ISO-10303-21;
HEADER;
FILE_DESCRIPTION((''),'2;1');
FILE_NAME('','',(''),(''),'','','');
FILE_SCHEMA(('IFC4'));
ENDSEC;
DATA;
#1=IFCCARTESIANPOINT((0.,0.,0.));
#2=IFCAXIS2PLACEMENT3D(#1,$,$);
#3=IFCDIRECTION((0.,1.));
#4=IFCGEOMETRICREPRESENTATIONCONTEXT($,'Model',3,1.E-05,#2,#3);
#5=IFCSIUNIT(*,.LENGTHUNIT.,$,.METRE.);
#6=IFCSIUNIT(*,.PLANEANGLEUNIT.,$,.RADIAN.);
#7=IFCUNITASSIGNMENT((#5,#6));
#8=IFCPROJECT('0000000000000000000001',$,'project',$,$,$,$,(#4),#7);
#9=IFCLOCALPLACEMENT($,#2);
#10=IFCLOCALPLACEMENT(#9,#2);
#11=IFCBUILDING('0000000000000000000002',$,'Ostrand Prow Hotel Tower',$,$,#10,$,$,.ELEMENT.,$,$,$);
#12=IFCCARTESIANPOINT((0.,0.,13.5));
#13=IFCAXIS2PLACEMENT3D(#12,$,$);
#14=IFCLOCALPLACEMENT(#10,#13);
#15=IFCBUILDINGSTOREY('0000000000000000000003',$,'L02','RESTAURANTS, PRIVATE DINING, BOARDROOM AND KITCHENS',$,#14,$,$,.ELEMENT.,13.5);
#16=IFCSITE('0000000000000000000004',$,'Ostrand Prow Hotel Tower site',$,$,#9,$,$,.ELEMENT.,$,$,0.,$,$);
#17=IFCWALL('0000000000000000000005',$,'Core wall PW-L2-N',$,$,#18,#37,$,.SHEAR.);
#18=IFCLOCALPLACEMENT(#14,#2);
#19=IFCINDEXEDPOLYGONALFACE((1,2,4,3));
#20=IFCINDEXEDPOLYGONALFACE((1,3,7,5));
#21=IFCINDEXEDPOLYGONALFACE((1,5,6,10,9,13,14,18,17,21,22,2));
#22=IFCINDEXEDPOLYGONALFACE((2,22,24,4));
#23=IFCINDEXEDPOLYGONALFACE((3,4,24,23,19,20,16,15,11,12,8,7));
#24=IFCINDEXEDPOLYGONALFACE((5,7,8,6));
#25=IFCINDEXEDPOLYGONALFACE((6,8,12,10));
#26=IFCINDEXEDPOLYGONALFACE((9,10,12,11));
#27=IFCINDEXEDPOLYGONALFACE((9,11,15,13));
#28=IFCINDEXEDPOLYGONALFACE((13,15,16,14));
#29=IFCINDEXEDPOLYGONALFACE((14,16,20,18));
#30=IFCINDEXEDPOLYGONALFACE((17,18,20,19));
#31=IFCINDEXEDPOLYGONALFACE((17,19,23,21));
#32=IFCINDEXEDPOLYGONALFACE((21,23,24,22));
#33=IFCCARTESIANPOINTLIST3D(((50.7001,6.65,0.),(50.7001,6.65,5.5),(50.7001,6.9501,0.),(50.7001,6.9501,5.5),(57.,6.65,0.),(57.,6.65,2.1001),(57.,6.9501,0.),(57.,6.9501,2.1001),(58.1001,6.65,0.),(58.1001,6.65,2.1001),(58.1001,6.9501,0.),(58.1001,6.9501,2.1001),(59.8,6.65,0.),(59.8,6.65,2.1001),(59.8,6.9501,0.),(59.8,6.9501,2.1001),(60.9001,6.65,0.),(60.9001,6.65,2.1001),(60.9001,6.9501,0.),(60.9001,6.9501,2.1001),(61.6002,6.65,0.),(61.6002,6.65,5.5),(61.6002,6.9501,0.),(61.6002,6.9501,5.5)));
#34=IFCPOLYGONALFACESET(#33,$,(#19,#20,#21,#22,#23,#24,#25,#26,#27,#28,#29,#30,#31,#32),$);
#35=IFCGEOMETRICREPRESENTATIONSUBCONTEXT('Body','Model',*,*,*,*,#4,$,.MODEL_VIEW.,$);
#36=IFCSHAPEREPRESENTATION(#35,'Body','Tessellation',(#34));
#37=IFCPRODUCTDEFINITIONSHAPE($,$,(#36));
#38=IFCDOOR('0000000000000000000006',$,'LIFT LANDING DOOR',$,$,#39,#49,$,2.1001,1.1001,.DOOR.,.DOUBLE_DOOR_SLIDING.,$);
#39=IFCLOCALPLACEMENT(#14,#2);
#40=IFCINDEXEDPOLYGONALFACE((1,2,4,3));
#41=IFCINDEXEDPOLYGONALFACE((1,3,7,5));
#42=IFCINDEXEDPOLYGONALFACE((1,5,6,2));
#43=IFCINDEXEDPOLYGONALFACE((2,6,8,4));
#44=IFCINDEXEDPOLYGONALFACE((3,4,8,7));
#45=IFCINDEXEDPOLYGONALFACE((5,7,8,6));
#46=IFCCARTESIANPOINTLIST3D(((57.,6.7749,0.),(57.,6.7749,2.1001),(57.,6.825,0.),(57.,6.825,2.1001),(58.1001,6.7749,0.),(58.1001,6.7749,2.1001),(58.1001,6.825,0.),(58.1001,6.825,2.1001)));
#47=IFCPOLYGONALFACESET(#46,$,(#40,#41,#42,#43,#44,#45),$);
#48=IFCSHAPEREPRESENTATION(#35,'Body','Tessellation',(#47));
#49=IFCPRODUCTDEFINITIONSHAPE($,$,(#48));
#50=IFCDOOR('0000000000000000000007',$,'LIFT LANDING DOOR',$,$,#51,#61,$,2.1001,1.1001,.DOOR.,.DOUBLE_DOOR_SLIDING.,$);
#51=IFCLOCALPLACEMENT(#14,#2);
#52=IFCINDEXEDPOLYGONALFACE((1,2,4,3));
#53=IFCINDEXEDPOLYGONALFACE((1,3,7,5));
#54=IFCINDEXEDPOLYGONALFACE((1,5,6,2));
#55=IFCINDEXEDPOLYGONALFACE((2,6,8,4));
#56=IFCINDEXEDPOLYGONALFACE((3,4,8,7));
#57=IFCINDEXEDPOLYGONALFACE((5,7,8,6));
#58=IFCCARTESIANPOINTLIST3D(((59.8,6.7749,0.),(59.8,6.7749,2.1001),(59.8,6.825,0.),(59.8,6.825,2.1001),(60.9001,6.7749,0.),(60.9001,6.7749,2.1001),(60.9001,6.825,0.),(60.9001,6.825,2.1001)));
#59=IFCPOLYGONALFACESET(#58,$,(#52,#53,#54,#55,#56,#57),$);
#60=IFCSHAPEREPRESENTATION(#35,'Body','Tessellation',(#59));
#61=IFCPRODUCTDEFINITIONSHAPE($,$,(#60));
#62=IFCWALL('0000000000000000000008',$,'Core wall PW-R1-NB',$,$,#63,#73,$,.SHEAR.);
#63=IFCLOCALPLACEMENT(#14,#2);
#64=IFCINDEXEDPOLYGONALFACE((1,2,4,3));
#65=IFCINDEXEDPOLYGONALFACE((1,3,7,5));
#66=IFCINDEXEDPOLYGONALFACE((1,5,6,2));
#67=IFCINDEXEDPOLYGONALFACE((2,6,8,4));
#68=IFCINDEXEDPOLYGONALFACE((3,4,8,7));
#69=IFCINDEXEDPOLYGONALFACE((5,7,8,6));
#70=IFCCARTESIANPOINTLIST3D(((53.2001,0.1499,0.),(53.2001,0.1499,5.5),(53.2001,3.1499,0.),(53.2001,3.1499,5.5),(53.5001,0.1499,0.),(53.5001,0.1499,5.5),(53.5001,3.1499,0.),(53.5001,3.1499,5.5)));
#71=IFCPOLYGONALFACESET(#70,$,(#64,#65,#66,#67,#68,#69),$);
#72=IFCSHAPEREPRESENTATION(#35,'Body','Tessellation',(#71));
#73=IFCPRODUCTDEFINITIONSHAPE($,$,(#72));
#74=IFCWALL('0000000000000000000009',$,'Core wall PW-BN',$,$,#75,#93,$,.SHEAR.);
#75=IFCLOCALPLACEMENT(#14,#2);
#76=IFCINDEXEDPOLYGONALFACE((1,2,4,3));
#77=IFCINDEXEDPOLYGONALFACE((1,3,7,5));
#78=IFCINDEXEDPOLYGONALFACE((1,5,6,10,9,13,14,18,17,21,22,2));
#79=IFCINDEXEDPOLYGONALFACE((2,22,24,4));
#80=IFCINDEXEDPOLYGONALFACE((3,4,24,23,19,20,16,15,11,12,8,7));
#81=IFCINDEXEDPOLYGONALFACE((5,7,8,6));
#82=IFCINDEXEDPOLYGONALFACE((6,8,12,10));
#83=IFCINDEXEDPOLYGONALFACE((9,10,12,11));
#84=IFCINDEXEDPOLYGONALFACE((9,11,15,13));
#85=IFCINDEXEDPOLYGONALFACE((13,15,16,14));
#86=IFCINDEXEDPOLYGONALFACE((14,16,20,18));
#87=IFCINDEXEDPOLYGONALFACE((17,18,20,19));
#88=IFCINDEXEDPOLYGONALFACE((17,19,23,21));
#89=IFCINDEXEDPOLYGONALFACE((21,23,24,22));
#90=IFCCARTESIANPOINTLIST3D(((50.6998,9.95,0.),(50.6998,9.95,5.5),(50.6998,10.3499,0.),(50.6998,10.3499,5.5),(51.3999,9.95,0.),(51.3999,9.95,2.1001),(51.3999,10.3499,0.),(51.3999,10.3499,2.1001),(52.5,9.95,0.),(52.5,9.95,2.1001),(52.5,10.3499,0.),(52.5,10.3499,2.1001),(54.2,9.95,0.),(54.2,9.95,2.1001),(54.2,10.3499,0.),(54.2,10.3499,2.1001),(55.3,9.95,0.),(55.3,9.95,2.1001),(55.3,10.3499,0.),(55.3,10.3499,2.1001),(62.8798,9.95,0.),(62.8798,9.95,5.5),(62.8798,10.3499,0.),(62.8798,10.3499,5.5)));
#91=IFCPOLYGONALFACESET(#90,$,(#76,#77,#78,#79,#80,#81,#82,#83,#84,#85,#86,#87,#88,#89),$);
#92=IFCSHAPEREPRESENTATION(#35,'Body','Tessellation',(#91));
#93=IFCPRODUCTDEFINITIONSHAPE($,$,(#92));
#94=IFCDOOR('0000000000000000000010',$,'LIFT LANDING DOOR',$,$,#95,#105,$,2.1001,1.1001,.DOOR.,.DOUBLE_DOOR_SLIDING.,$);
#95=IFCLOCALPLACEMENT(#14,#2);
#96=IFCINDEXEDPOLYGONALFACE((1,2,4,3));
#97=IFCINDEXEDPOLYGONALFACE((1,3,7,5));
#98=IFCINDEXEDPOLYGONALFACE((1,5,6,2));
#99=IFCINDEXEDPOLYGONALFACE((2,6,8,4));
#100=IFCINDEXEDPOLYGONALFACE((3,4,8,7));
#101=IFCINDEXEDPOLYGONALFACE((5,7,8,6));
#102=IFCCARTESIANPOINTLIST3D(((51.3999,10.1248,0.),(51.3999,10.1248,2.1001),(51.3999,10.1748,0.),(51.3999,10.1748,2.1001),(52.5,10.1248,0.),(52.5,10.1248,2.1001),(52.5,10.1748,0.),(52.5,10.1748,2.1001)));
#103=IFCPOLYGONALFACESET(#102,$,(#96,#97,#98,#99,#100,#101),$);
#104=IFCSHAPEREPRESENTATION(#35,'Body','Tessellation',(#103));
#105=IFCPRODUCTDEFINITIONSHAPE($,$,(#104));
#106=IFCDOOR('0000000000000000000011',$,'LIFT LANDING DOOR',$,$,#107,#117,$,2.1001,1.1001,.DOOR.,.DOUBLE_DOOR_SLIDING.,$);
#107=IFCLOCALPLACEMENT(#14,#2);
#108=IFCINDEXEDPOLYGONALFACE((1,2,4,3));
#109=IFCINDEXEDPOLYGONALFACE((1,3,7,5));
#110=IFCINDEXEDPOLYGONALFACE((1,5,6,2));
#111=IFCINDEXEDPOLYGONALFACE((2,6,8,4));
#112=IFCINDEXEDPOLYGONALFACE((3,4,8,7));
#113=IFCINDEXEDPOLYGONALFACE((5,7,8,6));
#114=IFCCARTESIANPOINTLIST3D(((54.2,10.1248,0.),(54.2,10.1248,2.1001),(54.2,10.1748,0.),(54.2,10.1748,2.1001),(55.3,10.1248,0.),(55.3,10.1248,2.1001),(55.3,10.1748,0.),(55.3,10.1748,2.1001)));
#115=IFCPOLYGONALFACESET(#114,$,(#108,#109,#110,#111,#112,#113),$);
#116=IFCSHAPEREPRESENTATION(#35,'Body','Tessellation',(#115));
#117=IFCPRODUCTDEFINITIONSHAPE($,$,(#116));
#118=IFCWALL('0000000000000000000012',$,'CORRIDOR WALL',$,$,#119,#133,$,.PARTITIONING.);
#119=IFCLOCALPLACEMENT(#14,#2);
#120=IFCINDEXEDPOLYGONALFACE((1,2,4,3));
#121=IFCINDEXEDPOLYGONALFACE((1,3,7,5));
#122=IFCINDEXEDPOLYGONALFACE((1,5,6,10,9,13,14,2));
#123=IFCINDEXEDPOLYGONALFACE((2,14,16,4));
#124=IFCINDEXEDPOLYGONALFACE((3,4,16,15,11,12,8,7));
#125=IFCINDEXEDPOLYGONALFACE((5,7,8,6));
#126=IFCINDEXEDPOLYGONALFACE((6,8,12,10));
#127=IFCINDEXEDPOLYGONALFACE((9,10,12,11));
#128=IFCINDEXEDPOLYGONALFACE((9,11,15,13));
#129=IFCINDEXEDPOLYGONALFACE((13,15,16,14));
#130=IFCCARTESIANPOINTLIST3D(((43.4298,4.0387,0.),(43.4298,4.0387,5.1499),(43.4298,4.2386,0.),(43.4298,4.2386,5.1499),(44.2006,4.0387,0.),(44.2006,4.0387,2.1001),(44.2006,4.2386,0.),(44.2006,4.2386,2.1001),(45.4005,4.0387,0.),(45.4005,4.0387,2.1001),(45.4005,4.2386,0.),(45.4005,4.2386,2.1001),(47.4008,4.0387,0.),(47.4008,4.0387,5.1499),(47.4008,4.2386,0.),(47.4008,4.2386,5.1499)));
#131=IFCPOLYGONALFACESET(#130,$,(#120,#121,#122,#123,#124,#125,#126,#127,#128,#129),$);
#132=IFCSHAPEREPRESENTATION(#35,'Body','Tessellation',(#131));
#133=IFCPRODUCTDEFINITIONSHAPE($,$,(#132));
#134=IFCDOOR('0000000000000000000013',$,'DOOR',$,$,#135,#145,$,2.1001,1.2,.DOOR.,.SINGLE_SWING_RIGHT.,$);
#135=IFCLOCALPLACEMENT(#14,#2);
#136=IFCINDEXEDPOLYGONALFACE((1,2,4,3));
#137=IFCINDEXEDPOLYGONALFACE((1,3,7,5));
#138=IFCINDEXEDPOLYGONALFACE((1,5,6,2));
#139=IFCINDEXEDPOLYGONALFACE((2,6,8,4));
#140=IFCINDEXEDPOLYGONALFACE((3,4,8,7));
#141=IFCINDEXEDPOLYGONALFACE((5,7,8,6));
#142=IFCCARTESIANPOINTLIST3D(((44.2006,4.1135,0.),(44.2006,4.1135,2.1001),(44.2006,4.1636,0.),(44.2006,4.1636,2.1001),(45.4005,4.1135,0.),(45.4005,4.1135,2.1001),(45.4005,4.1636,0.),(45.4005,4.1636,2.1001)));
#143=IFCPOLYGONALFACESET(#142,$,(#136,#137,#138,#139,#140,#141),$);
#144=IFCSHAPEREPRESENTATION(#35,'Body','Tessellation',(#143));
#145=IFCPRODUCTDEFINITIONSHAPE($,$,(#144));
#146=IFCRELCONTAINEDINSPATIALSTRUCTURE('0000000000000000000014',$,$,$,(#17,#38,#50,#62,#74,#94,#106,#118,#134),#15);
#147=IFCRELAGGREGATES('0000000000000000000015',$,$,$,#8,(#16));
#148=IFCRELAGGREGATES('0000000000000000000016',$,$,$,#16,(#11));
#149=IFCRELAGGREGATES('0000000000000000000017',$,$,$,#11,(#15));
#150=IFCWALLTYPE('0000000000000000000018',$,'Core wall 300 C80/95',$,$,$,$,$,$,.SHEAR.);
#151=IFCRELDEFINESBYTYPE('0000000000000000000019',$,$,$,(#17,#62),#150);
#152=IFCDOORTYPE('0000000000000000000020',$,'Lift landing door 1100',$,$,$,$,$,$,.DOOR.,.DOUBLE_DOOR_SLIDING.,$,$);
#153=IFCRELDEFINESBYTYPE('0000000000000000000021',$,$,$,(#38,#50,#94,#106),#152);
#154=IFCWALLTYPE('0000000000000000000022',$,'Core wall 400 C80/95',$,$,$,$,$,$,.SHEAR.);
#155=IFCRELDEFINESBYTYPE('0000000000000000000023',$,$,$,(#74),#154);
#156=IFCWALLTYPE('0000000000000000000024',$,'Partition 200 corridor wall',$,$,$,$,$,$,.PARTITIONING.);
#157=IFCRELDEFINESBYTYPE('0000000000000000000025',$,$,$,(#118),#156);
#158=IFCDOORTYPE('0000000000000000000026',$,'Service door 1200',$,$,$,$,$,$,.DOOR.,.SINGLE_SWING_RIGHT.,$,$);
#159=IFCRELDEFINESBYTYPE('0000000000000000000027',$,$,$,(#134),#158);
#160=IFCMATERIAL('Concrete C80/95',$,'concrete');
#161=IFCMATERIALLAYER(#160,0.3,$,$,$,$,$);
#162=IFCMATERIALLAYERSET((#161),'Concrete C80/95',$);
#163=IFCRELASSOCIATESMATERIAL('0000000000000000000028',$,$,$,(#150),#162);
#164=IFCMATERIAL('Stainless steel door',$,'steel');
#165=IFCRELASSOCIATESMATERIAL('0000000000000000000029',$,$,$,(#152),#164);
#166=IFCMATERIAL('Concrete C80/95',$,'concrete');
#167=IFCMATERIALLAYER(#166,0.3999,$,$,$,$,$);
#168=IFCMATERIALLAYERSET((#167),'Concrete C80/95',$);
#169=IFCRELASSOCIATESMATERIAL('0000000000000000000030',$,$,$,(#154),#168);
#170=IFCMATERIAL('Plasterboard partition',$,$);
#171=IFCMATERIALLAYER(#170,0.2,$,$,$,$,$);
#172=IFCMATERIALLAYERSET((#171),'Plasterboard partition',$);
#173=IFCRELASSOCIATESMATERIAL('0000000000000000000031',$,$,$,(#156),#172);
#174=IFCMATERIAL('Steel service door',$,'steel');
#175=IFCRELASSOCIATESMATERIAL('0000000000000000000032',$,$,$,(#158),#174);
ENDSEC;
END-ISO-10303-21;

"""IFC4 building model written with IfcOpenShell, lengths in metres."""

from ifc_helpers import new_model, si_unit, direction, frame, frame_2d, origin, place, context, subcontext, project, spatial, rectangle, extrude, material, layer, layer_set, type_object, element, fill, save


model = new_model("IFC4")

# Units and contexts
model_context = context("Model", 3, precision=1e-05, world=origin(), true_north=direction((0.0, 1.0)))
body_context = subcontext(model_context, "Body", "Model", "MODEL_VIEW")
ifc_project = project(units=[si_unit("LENGTHUNIT", "METRE"), si_unit("PLANEANGLEUNIT", "RADIAN")], contexts=[model_context])

# Site, building, storey
site_placement = place(None, origin())
site = spatial("IfcSite", under=ifc_project, at=site_placement, Name="Ostrand Prow Hotel Tower site", CompositionType="ELEMENT", RefElevation=0.0)
building_placement = place(site_placement, origin())
building = spatial("IfcBuilding", under=site, at=building_placement, Name="Ostrand Prow Hotel Tower", CompositionType="ELEMENT")
storey_placement = place(building_placement, frame((0.0, 0.0, 13.5)))
storey = spatial("IfcBuildingStorey", under=building, at=storey_placement, Name="L02", Description="RESTAURANTS, PRIVATE DINING, BOARDROOM AND KITCHENS", CompositionType="ELEMENT", Elevation=13.5)

# Shared definitions
ifc_material_1 = material(Name="Concrete C80/95", Category="concrete")
ifc_layer_1 = layer(ifc_material_1, 0.3)
ifc_layer_set_1 = layer_set([ifc_layer_1], Name="Concrete C80/95")
wall_type_1 = type_object("IfcWallType", Name="Core wall 300 C80/95", PredefinedType="SHEAR", material=ifc_layer_set_1)

# Wall, openings, doors
wall_1_placement = place(storey_placement, frame((50.7, 6.8, 0.0), z_axis=(0.0, 0.0, 1.0), x_axis=(1.0, 0.0, 0.0)))
wall_1 = element("IfcWall", 1, at=wall_1_placement, inside=storey, type_object=wall_type_1, Name="Core wall PW-L2-N", PredefinedType="SHEAR", context=body_context, shape_type="SweptSolid", body=[
    extrude(rectangle(XDim=10.9001, YDim=0.3, at=frame_2d((5.4502, 0.0))), origin(), (0.0, 0.0, 1.0), 5.5),
])
opening_1_placement = place(wall_1_placement, frame((6.3, 0.0, 0.0)))
opening_1 = element("IfcOpeningElement", 2, at=opening_1_placement, cuts=wall_1, PredefinedType="OPENING", context=body_context, shape_type="SweptSolid", body=[
    extrude(rectangle(XDim=1.1001, YDim=2.1001, at=frame_2d((0.55, 1.05))), frame((0.0, 0.1599, 0.0), z_axis=(0.0, -1.0, 0.0), x_axis=(1.0, 0.0, 0.0)), (0.0, 0.0, 1.0), 0.3201),
])
opening_2_placement = place(wall_1_placement, frame((9.1001, 0.0, 0.0)))
opening_2 = element("IfcOpeningElement", 3, at=opening_2_placement, cuts=wall_1, PredefinedType="OPENING", context=body_context, shape_type="SweptSolid", body=[
    extrude(rectangle(XDim=1.1001, YDim=2.1001, at=frame_2d((0.55, 1.05))), frame((0.0, 0.1599, 0.0), z_axis=(0.0, -1.0, 0.0), x_axis=(1.0, 0.0, 0.0)), (0.0, 0.0, 1.0), 0.3201),
])
ifc_material_2 = material(Name="Stainless steel door", Category="steel")
door_type_1 = type_object("IfcDoorType", Name="Lift landing door 1100", OperationType="DOUBLE_DOOR_SLIDING", PredefinedType="DOOR", material=ifc_material_2)
door_1_placement = place(opening_1_placement, origin())
door_1 = element("IfcDoor", 4, at=door_1_placement, inside=storey, type_object=door_type_1, Name="LIFT LANDING DOOR", OperationType="DOUBLE_DOOR_SLIDING", OverallHeight=2.1001, OverallWidth=1.1001, PredefinedType="DOOR", context=body_context, shape_type="SweptSolid", body=[
    extrude(rectangle(XDim=1.1001, YDim=2.1001, at=frame_2d((0.55, 1.05))), frame((0.0, 0.0249, 0.0), z_axis=(0.0, -1.0, 0.0), x_axis=(1.0, 0.0, 0.0)), (0.0, 0.0, 1.0), 0.05),
])
fill(opening_1, door_1)
door_2_placement = place(opening_2_placement, origin())
door_2 = element("IfcDoor", 5, at=door_2_placement, inside=storey, type_object=door_type_1, Name="LIFT LANDING DOOR", OperationType="DOUBLE_DOOR_SLIDING", OverallHeight=2.1001, OverallWidth=1.1001, PredefinedType="DOOR", context=body_context, shape_type="SweptSolid", body=[
    extrude(rectangle(XDim=1.1001, YDim=2.1001, at=frame_2d((0.55, 1.05))), frame((0.0, 0.0249, 0.0), z_axis=(0.0, -1.0, 0.0), x_axis=(1.0, 0.0, 0.0)), (0.0, 0.0, 1.0), 0.05),
])
fill(opening_2, door_2)

# Wall
wall_2_placement = place(storey_placement, frame((53.3501, 0.1499, 0.0), z_axis=(0.0, 0.0, 1.0), x_axis=(0.0, 1.0, 0.0)))
element("IfcWall", 6, at=wall_2_placement, inside=storey, type_object=wall_type_1, Name="Core wall PW-R1-NB", PredefinedType="SHEAR", context=body_context, shape_type="SweptSolid", body=[
    extrude(rectangle(XDim=3.0, YDim=0.3, at=frame_2d((1.5, 0.0))), origin(), (0.0, 0.0, 1.0), 5.5),
])

# Wall, openings, doors
ifc_material_3 = material(Name="Concrete C80/95", Category="concrete")
ifc_layer_2 = layer(ifc_material_3, 0.3999)
ifc_layer_set_2 = layer_set([ifc_layer_2], Name="Concrete C80/95")
wall_type_2 = type_object("IfcWallType", Name="Core wall 400 C80/95", PredefinedType="SHEAR", material=ifc_layer_set_2)
wall_3_placement = place(storey_placement, frame((50.7, 10.1499, 0.0), z_axis=(0.0, 0.0, 1.0), x_axis=(1.0, 0.0, 0.0)))
wall_3 = element("IfcWall", 7, at=wall_3_placement, inside=storey, type_object=wall_type_2, Name="Core wall PW-BN", PredefinedType="SHEAR", context=body_context, shape_type="SweptSolid", body=[
    extrude(rectangle(XDim=12.1799, YDim=0.3999, at=frame_2d((6.0898, 0.0))), origin(), (0.0, 0.0, 1.0), 5.5),
])
opening_3_placement = place(wall_3_placement, frame((0.7, 0.0, 0.0)))
opening_3 = element("IfcOpeningElement", 8, at=opening_3_placement, cuts=wall_3, PredefinedType="OPENING", context=body_context, shape_type="SweptSolid", body=[
    extrude(rectangle(XDim=1.1001, YDim=2.1001, at=frame_2d((0.55, 1.05))), frame((0.0, 0.21, 0.0), z_axis=(0.0, -1.0, 0.0), x_axis=(1.0, 0.0, 0.0)), (0.0, 0.0, 1.0), 0.4199),
])
opening_4_placement = place(wall_3_placement, frame((3.5, 0.0, 0.0)))
opening_4 = element("IfcOpeningElement", 9, at=opening_4_placement, cuts=wall_3, PredefinedType="OPENING", context=body_context, shape_type="SweptSolid", body=[
    extrude(rectangle(XDim=1.1001, YDim=2.1001, at=frame_2d((0.55, 1.05))), frame((0.0, 0.21, 0.0), z_axis=(0.0, -1.0, 0.0), x_axis=(1.0, 0.0, 0.0)), (0.0, 0.0, 1.0), 0.4199),
])
door_3_placement = place(opening_3_placement, origin())
door_3 = element("IfcDoor", 10, at=door_3_placement, inside=storey, type_object=door_type_1, Name="LIFT LANDING DOOR", OperationType="DOUBLE_DOOR_SLIDING", OverallHeight=2.1001, OverallWidth=1.1001, PredefinedType="DOOR", context=body_context, shape_type="SweptSolid", body=[
    extrude(rectangle(XDim=1.1001, YDim=2.1001, at=frame_2d((0.55, 1.05))), frame((0.0, 0.0249, 0.0), z_axis=(0.0, -1.0, 0.0), x_axis=(1.0, 0.0, 0.0)), (0.0, 0.0, 1.0), 0.05),
])
fill(opening_3, door_3)
door_4_placement = place(opening_4_placement, origin())
door_4 = element("IfcDoor", 11, at=door_4_placement, inside=storey, type_object=door_type_1, Name="LIFT LANDING DOOR", OperationType="DOUBLE_DOOR_SLIDING", OverallHeight=2.1001, OverallWidth=1.1001, PredefinedType="DOOR", context=body_context, shape_type="SweptSolid", body=[
    extrude(rectangle(XDim=1.1001, YDim=2.1001, at=frame_2d((0.55, 1.05))), frame((0.0, 0.0249, 0.0), z_axis=(0.0, -1.0, 0.0), x_axis=(1.0, 0.0, 0.0)), (0.0, 0.0, 1.0), 0.05),
])
fill(opening_4, door_4)

# Wall, opening, door
ifc_material_4 = material(Name="Plasterboard partition")
ifc_layer_3 = layer(ifc_material_4, 0.2)
ifc_layer_set_3 = layer_set([ifc_layer_3], Name="Plasterboard partition")
wall_type_3 = type_object("IfcWallType", Name="Partition 200 corridor wall", PredefinedType="PARTITIONING", material=ifc_layer_set_3)
wall_4_placement = place(storey_placement, frame((43.4299, 4.1387, 0.0), z_axis=(0.0, 0.0, 1.0), x_axis=(1.0, 0.0, 0.0)))
wall_4 = element("IfcWall", 12, at=wall_4_placement, inside=storey, type_object=wall_type_3, Name="CORRIDOR WALL", PredefinedType="PARTITIONING", context=body_context, shape_type="SweptSolid", body=[
    extrude(rectangle(XDim=3.9709, YDim=0.2, at=frame_2d((1.9854, 0.0))), origin(), (0.0, 0.0, 1.0), 5.1499),
])
opening_5_placement = place(wall_4_placement, frame((0.7705, 0.0, 0.0)))
opening_5 = element("IfcOpeningElement", 13, at=opening_5_placement, cuts=wall_4, PredefinedType="OPENING", context=body_context, shape_type="SweptSolid", body=[
    extrude(rectangle(XDim=1.2, YDim=2.1001, at=frame_2d((0.6001, 1.05))), frame((0.0, 0.1099, 0.0), z_axis=(0.0, -1.0, 0.0), x_axis=(1.0, 0.0, 0.0)), (0.0, 0.0, 1.0), 0.22),
])
ifc_material_5 = material(Name="Steel service door", Category="steel")
door_type_2 = type_object("IfcDoorType", Name="Service door 1200", OperationType="SINGLE_SWING_RIGHT", PredefinedType="DOOR", material=ifc_material_5)
door_5_placement = place(opening_5_placement, origin())
door_5 = element("IfcDoor", 14, at=door_5_placement, inside=storey, type_object=door_type_2, Name="DOOR", OperationType="SINGLE_SWING_RIGHT", OverallHeight=2.1001, OverallWidth=1.2, PredefinedType="DOOR", context=body_context, shape_type="SweptSolid", body=[
    extrude(rectangle(XDim=1.2, YDim=2.1001, at=frame_2d((0.6001, 1.05))), frame((0.0, 0.0249, 0.0), z_axis=(0.0, -1.0, 0.0), x_axis=(1.0, 0.0, 0.0)), (0.0, 0.0, 1.0), 0.05),
])
fill(opening_5, door_5)

save(model, "model.ifc")
